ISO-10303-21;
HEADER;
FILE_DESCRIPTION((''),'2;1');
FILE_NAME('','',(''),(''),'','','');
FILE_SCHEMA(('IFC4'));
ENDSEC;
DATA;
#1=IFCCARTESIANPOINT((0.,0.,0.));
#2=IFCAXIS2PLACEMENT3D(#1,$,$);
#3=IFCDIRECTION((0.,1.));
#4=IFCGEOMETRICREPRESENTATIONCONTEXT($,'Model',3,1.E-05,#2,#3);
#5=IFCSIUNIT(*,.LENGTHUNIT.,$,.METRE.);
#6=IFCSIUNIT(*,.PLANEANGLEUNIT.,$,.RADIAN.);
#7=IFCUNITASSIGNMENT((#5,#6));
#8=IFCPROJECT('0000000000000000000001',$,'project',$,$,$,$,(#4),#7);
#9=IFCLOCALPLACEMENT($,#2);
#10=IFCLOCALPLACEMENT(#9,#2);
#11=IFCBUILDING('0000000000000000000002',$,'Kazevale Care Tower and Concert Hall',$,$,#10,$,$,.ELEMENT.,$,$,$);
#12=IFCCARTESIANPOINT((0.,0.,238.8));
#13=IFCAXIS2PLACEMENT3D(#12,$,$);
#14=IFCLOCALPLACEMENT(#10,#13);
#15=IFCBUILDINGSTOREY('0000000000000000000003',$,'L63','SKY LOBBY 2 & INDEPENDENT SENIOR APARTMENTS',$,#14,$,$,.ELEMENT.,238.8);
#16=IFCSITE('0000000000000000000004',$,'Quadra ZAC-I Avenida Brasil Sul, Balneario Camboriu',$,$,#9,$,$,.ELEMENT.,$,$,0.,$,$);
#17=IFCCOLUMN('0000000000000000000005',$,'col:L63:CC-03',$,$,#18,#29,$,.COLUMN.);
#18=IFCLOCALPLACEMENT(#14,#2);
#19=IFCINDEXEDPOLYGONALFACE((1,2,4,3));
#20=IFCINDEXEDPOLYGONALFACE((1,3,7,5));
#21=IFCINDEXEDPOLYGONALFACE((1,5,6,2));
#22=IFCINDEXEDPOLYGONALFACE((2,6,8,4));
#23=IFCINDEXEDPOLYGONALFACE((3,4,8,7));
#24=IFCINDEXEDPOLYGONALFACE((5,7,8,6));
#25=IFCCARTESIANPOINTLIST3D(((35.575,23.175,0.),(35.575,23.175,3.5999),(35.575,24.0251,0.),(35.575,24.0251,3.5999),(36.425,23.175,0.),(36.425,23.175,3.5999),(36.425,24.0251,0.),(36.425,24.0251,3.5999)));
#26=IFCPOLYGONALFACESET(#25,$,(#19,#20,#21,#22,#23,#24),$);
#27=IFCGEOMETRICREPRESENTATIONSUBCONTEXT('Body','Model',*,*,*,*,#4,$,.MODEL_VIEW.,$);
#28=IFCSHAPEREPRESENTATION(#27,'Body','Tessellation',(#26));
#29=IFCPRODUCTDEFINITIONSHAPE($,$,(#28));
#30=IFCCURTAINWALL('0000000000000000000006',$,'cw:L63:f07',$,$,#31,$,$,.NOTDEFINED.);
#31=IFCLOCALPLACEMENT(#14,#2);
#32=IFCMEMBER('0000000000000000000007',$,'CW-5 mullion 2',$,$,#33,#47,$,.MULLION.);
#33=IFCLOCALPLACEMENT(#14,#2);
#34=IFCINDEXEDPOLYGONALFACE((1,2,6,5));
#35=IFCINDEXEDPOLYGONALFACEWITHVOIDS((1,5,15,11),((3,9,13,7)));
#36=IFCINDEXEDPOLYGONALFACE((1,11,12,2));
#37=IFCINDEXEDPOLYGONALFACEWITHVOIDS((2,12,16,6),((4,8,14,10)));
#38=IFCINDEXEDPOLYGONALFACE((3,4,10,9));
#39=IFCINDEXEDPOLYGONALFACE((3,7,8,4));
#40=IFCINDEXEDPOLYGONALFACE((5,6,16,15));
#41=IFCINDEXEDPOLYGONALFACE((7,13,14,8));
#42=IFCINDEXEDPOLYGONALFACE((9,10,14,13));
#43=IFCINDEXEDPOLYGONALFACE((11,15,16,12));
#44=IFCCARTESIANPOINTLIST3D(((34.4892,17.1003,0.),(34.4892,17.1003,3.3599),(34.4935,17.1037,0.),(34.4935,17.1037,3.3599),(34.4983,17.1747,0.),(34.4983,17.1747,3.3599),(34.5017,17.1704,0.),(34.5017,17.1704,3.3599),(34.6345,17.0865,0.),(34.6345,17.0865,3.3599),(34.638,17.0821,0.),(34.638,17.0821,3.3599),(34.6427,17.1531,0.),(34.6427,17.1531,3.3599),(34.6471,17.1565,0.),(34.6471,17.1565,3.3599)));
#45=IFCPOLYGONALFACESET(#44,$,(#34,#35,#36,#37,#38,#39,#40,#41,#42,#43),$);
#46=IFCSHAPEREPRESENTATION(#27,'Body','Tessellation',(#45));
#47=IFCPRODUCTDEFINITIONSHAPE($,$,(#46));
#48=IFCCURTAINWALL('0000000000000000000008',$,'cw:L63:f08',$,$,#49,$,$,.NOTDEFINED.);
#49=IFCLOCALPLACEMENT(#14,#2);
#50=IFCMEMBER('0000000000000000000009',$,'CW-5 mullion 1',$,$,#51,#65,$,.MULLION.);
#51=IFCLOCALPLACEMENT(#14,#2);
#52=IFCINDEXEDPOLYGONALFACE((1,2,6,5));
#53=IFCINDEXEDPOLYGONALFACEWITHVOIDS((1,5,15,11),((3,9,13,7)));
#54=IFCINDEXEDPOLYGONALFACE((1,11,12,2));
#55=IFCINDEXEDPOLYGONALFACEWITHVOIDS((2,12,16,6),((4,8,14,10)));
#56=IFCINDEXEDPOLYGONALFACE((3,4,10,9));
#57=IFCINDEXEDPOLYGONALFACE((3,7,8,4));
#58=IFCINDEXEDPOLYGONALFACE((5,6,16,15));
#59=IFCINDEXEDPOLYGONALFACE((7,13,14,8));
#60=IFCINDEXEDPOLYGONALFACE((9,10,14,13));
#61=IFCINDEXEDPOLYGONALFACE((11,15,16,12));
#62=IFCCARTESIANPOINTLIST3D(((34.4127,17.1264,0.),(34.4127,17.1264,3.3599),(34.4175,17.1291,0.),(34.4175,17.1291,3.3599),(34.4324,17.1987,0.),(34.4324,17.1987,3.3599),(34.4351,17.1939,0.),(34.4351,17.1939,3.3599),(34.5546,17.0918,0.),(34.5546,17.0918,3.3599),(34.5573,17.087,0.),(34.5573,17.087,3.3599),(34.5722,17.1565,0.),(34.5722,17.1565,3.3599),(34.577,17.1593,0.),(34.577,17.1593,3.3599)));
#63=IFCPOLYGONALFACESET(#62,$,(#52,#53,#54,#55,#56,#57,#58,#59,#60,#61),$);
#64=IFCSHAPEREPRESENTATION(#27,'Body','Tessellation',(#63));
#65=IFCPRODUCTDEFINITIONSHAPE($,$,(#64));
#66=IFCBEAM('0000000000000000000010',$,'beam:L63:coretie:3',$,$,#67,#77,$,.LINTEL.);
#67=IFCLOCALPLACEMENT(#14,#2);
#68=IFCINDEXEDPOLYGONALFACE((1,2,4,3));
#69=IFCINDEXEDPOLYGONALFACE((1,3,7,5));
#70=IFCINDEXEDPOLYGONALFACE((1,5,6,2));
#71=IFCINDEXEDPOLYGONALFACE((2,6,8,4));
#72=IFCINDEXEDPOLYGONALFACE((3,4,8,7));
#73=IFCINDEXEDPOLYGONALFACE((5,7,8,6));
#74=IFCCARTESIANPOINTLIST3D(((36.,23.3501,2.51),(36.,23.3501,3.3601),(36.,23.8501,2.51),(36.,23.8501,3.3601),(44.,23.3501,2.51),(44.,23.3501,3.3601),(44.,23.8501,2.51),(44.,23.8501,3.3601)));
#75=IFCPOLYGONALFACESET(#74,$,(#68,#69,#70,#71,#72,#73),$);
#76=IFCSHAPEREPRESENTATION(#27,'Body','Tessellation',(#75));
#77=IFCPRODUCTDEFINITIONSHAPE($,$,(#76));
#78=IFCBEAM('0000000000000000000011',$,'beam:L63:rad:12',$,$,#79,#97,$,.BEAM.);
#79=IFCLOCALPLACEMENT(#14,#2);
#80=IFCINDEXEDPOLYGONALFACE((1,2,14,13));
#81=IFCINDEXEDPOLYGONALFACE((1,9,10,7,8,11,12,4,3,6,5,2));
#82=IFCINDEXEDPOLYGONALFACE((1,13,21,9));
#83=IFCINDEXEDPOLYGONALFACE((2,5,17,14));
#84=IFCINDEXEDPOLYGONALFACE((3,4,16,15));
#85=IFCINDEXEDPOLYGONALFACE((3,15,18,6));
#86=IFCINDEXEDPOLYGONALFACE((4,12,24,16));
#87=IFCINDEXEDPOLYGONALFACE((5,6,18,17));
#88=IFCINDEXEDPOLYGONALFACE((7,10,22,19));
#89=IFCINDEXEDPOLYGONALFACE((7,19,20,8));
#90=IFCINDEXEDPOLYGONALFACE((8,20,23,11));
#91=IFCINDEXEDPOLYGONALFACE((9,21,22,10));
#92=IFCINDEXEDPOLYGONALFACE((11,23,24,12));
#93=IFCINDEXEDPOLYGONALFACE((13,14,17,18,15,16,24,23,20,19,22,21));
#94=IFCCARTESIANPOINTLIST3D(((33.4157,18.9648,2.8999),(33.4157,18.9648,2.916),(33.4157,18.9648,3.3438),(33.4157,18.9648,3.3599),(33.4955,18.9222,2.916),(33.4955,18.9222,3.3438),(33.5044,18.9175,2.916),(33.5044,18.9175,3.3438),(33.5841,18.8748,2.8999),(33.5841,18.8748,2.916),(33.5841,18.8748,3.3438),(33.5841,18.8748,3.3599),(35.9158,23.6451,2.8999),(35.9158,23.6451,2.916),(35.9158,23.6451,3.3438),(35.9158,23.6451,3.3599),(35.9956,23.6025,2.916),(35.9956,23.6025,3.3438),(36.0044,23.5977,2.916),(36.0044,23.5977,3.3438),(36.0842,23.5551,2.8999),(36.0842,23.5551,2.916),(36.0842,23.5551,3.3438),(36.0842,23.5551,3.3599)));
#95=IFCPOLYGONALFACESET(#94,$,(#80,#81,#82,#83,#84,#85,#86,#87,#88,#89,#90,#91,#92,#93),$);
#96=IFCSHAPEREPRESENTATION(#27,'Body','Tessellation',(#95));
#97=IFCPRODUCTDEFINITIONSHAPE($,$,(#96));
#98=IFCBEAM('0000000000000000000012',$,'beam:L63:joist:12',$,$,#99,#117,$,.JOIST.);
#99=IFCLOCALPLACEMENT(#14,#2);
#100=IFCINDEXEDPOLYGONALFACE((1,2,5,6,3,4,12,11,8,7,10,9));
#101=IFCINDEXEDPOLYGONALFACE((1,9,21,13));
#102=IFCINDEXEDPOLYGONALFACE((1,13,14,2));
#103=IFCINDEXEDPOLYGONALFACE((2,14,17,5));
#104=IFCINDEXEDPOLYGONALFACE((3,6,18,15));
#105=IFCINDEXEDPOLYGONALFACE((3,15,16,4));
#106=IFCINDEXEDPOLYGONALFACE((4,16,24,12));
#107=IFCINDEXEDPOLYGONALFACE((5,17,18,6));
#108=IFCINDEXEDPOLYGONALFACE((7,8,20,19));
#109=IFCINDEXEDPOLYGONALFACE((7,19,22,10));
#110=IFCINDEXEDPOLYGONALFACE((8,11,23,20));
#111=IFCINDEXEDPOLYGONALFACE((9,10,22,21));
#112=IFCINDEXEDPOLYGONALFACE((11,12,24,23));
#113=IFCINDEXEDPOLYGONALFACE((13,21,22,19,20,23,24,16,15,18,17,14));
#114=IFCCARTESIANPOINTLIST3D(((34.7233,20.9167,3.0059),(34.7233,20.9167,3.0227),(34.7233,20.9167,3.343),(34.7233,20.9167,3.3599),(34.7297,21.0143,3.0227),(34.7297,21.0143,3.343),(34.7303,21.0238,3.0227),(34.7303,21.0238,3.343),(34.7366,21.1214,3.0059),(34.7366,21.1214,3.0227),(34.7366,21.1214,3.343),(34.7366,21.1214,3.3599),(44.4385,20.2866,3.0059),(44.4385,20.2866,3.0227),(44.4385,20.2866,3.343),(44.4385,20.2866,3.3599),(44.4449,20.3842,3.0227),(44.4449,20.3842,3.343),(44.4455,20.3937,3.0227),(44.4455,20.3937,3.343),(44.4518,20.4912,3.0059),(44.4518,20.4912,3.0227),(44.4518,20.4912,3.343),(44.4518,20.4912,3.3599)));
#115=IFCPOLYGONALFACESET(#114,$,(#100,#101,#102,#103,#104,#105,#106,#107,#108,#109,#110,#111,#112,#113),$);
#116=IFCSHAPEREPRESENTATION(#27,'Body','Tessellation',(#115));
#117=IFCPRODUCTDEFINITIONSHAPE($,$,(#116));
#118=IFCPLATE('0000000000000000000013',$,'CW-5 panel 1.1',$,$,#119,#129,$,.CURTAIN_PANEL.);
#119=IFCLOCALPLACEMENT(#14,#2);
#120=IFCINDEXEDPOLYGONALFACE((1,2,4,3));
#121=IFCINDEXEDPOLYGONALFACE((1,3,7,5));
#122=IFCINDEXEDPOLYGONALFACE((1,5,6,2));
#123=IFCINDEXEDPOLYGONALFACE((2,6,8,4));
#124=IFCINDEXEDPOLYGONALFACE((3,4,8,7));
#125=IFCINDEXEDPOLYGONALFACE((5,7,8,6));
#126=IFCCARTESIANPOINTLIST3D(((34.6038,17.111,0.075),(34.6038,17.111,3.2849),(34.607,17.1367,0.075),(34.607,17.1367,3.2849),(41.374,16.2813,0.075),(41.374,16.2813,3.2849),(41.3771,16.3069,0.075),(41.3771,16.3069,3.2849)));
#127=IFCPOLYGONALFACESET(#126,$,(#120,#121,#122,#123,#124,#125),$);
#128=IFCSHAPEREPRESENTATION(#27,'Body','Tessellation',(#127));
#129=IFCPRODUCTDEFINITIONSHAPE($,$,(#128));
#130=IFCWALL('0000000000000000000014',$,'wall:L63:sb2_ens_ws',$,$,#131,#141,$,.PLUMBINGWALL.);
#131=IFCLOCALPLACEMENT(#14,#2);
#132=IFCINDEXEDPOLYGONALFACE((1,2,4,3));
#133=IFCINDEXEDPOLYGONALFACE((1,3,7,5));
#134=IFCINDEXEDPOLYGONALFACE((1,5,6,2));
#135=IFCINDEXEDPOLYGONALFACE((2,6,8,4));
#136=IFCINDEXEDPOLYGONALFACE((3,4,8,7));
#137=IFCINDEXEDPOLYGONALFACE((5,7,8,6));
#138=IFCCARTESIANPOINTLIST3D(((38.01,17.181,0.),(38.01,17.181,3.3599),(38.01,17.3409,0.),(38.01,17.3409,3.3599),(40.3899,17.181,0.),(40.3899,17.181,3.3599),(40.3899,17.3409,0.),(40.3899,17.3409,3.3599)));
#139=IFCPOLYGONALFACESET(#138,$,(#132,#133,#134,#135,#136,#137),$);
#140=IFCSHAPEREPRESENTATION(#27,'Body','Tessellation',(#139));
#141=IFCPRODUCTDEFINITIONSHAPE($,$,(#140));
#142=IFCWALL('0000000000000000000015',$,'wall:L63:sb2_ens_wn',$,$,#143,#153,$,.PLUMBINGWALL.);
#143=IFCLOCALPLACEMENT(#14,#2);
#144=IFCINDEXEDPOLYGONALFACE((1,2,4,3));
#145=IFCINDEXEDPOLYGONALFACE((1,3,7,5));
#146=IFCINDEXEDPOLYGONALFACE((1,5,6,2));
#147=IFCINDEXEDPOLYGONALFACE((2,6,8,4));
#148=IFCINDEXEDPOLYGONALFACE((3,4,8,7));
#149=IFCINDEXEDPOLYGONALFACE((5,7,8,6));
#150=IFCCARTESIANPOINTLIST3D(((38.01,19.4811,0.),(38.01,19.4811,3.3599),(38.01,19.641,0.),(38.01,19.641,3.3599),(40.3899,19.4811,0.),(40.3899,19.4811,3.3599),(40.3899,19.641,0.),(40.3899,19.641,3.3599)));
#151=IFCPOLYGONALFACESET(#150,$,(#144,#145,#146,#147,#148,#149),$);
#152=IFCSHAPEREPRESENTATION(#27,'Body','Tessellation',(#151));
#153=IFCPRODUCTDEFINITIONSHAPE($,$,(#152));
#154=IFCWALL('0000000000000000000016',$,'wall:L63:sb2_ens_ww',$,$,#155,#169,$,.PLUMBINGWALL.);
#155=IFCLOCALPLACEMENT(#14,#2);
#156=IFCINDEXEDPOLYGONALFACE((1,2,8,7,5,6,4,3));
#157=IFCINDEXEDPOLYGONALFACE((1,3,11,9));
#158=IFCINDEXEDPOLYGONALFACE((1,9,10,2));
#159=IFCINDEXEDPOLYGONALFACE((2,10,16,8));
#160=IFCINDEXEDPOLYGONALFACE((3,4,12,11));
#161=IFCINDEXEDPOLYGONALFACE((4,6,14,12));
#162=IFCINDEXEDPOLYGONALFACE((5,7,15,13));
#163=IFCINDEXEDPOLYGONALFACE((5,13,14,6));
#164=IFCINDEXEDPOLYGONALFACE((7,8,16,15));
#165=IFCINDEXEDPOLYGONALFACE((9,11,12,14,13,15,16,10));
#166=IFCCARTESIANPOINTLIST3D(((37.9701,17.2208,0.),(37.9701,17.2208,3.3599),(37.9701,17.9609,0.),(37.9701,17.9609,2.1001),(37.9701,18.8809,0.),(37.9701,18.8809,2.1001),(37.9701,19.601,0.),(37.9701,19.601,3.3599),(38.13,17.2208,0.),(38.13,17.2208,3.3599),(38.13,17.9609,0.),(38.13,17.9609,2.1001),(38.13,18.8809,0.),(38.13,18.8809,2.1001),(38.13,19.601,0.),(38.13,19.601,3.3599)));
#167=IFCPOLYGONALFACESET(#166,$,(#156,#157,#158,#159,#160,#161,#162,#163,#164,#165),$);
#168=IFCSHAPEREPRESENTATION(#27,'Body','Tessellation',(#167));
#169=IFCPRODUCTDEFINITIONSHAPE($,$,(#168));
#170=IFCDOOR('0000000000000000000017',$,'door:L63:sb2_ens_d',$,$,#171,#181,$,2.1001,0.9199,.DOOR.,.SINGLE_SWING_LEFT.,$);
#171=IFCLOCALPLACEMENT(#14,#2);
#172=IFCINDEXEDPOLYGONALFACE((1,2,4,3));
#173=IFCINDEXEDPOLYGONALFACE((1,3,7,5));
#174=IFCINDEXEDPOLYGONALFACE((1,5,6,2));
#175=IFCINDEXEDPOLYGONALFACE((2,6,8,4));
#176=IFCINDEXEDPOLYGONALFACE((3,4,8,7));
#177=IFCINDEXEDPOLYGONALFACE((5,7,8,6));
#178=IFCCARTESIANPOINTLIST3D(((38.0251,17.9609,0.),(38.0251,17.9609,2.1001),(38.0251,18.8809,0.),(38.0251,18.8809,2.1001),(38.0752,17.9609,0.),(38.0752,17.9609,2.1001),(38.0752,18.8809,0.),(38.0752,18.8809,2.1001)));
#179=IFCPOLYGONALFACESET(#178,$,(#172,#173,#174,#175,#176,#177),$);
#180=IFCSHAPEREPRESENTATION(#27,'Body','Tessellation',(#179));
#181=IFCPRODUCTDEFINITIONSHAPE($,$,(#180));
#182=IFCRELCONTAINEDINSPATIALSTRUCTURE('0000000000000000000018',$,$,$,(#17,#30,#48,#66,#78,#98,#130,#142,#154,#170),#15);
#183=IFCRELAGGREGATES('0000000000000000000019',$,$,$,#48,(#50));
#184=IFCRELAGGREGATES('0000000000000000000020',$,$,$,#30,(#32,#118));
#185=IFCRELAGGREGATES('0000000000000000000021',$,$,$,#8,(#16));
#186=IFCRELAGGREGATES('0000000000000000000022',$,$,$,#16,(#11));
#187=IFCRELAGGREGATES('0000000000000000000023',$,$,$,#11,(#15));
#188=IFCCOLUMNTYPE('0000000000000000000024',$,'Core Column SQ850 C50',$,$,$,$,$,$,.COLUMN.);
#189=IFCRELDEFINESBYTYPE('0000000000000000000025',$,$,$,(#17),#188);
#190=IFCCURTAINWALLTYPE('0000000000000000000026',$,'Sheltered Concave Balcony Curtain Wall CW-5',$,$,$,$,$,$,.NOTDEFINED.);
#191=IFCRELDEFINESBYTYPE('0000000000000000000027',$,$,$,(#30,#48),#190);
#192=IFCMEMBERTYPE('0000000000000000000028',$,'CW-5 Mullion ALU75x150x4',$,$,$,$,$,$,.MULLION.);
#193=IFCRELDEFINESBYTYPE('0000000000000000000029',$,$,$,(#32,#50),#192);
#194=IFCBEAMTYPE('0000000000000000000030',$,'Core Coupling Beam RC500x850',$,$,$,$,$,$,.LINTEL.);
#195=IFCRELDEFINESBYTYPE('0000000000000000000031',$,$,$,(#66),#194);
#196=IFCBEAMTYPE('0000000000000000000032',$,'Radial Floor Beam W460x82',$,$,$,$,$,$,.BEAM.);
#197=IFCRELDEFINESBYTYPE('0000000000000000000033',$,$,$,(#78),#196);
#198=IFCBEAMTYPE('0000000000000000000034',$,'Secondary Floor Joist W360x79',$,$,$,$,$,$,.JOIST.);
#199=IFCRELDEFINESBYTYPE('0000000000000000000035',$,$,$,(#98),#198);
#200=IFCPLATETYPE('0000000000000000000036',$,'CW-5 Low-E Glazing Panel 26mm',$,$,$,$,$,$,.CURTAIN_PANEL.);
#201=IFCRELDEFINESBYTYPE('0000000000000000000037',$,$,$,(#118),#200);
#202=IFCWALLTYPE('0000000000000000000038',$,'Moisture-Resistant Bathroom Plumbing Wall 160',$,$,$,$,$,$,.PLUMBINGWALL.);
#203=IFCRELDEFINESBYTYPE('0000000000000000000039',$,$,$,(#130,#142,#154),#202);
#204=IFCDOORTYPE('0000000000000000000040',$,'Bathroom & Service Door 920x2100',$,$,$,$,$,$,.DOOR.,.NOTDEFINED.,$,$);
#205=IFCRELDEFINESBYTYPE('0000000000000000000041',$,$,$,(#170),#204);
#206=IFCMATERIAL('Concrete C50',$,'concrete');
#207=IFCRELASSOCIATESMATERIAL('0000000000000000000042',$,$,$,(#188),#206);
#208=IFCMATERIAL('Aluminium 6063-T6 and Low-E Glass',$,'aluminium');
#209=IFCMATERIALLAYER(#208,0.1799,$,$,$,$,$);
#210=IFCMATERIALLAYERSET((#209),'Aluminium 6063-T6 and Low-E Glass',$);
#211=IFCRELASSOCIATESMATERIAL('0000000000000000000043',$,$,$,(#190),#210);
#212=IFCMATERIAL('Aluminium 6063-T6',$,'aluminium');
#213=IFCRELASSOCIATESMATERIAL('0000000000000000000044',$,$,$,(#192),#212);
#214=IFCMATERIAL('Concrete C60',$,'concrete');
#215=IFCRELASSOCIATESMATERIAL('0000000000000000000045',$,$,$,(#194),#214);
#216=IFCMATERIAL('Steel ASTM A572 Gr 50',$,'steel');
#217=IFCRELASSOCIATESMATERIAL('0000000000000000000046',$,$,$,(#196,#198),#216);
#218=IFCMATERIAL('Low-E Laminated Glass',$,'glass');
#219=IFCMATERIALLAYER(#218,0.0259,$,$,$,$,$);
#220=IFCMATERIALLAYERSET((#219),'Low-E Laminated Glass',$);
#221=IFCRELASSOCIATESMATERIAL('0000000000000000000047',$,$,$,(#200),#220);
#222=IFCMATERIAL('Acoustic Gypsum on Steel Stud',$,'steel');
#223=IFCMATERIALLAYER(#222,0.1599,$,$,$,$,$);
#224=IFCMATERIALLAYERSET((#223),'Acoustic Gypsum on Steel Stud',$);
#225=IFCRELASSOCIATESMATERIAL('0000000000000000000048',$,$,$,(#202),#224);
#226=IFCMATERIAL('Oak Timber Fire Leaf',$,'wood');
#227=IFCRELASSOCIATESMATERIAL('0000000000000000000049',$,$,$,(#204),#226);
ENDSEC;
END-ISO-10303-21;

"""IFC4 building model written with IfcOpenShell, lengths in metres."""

from ifc_helpers import new_model, si_unit, direction, frame, frame_2d, origin, origin_2d, place, context, subcontext, project, spatial, rectangle, hollow_rectangle, i_section, extrude, material, layer, layer_set, material_profile, profile_set, type_object, element, fill, aggregate, save


model = new_model("IFC4")

# Units and contexts
model_context = context("Model", 3, precision=1e-05, world=origin(), true_north=direction((0.0, 1.0)))
body_context = subcontext(model_context, "Body", "Model", "MODEL_VIEW")
ifc_project = project(units=[si_unit("LENGTHUNIT", "METRE"), si_unit("PLANEANGLEUNIT", "RADIAN")], contexts=[model_context])

# Site, building, storey
site_placement = place(None, origin())
site = spatial("IfcSite", under=ifc_project, at=site_placement, Name="Quadra ZAC-I Avenida Brasil Sul, Balneario Camboriu", CompositionType="ELEMENT", RefElevation=0.0)
building_placement = place(site_placement, origin())
building = spatial("IfcBuilding", under=site, at=building_placement, Name="Kazevale Care Tower and Concert Hall", CompositionType="ELEMENT")
storey_placement = place(building_placement, frame((0.0, 0.0, 238.8)))
storey = spatial("IfcBuildingStorey", under=building, at=storey_placement, Name="L63", Description="SKY LOBBY 2 & INDEPENDENT SENIOR APARTMENTS", CompositionType="ELEMENT", Elevation=238.8)

# Column
ifc_material_1 = material(Name="Concrete C50", Category="concrete")
ifc_material_profile_1 = material_profile(ifc_material_1, rectangle(XDim=0.8501, YDim=0.8501, at=origin_2d()), Name="RC-SQ850")
ifc_profile_set_1 = profile_set([ifc_material_profile_1], Name="Concrete C50")
column_type = type_object("IfcColumnType", Name="Core Column SQ850 C50", PredefinedType="COLUMN", material=ifc_profile_set_1)
column_placement = place(storey_placement, frame((36.0, 23.6001, 0.0), z_axis=(0.0, 0.0, 1.0), x_axis=(1.0, 0.0, 0.0)))
element("IfcColumn", 1, at=column_placement, inside=storey, type_object=column_type, Name="col:L63:CC-03", PredefinedType="COLUMN", context=body_context, shape_type="SweptSolid", body=[
    extrude(rectangle(XDim=0.8501, YDim=0.8501, at=origin_2d()), origin(), (0.0, 0.0, 1.0), 3.5999),
])

# Curtain walls, members
ifc_material_2 = material(Name="Aluminium 6063-T6 and Low-E Glass", Category="aluminium")
ifc_layer_1 = layer(ifc_material_2, 0.1799)
ifc_layer_set_1 = layer_set([ifc_layer_1], Name="Aluminium 6063-T6 and Low-E Glass")
curtain_wall_type = type_object("IfcCurtainWallType", Name="Sheltered Concave Balcony Curtain Wall CW-5", PredefinedType="NOTDEFINED", material=ifc_layer_set_1)
curtain_wall_1_placement = place(storey_placement, origin())
curtain_wall_1 = element("IfcCurtainWall", 2, at=curtain_wall_1_placement, inside=storey, type_object=curtain_wall_type, Name="cw:L63:f07", PredefinedType="NOTDEFINED")
ifc_material_3 = material(Name="Aluminium 6063-T6", Category="aluminium")
ifc_material_profile_2 = material_profile(ifc_material_3, hollow_rectangle(XDim=0.075, YDim=0.1499, WallThickness=0.0039, at=origin_2d()), Name="ALU75x150x4")
ifc_profile_set_2 = profile_set([ifc_material_profile_2], Name="Aluminium 6063-T6")
member_type = type_object("IfcMemberType", Name="CW-5 Mullion ALU75x150x4", PredefinedType="MULLION", material=ifc_profile_set_2)
member_1_placement = place(storey_placement, frame((34.5681, 17.1284, 0.0), z_axis=(0.0, 0.0, 1.0), x_axis=(-0.121651, -0.992573, 0.0)))
member_1 = element("IfcMember", 3, at=member_1_placement, type_object=member_type, Name="CW-5 mullion 2", PredefinedType="MULLION", context=body_context, shape_type="SweptSolid", body=[
    extrude(hollow_rectangle(XDim=0.075, YDim=0.1499, WallThickness=0.0039, at=origin_2d()), origin(), (0.0, 0.0, 1.0), 3.3599),
])
curtain_wall_2_placement = place(storey_placement, origin())
curtain_wall_2 = element("IfcCurtainWall", 4, at=curtain_wall_2_placement, inside=storey, type_object=curtain_wall_type, Name="cw:L63:f08", PredefinedType="NOTDEFINED")
member_2_placement = place(storey_placement, frame((34.4949, 17.1428, 0.0), z_axis=(0.0, 0.0, 1.0), x_axis=(-0.262849, -0.964837, 0.0)))
member_2 = element("IfcMember", 5, at=member_2_placement, type_object=member_type, Name="CW-5 mullion 1", PredefinedType="MULLION", context=body_context, shape_type="SweptSolid", body=[
    extrude(hollow_rectangle(XDim=0.075, YDim=0.1499, WallThickness=0.0039, at=origin_2d()), origin(), (0.0, 0.0, 1.0), 3.3599),
])
aggregate(curtain_wall_2, [member_2])

# Beams
ifc_material_4 = material(Name="Concrete C60", Category="concrete")
ifc_material_profile_3 = material_profile(ifc_material_4, rectangle(XDim=0.5, YDim=0.8501, at=origin_2d()), Name="RC-B500x850")
ifc_profile_set_3 = profile_set([ifc_material_profile_3], Name="Concrete C60")
beam_type_1 = type_object("IfcBeamType", Name="Core Coupling Beam RC500x850", PredefinedType="LINTEL", material=ifc_profile_set_3)
beam_1_placement = place(storey_placement, frame((36.0, 23.6001, 2.9351), z_axis=(1.0, 0.0, 0.0), x_axis=(0.0, 1.0, 0.0)))
element("IfcBeam", 6, at=beam_1_placement, inside=storey, type_object=beam_type_1, Name="beam:L63:coretie:3", PredefinedType="LINTEL", context=body_context, shape_type="SweptSolid", body=[
    extrude(rectangle(XDim=0.5, YDim=0.8501, at=origin_2d()), origin(), (0.0, 0.0, 1.0), 8.0),
])
ifc_material_5 = material(Name="Steel ASTM A572 Gr 50", Category="steel")
ifc_material_profile_4 = material_profile(ifc_material_5, i_section(OverallWidth=0.1909, OverallDepth=0.46, WebThickness=0.01, FlangeThickness=0.0161, at=origin_2d()), Name="W460x82")
ifc_profile_set_4 = profile_set([ifc_material_profile_4], Name="Steel ASTM A572 Gr 50")
beam_type_2 = type_object("IfcBeamType", Name="Radial Floor Beam W460x82", PredefinedType="BEAM", material=ifc_profile_set_4)
beam_2_placement = place(storey_placement, frame((36.0, 23.6001, 3.1299), z_axis=(-0.471161, -0.882047, 0.0), x_axis=(0.882047, -0.471161, 0.0)))
element("IfcBeam", 7, at=beam_2_placement, inside=storey, type_object=beam_type_2, Name="beam:L63:rad:12", PredefinedType="BEAM", context=body_context, shape_type="SweptSolid", body=[
    extrude(i_section(OverallWidth=0.1909, OverallDepth=0.46, WebThickness=0.01, FlangeThickness=0.0161, at=origin_2d()), origin(), (0.0, 0.0, 1.0), 5.3062),
])
ifc_material_profile_5 = material_profile(ifc_material_5, i_section(OverallWidth=0.2051, OverallDepth=0.354, WebThickness=0.0095, FlangeThickness=0.0168, at=origin_2d()), Name="W360x79")
ifc_profile_set_5 = profile_set([ifc_material_profile_5], Name="Steel ASTM A572 Gr 50")
beam_type_3 = type_object("IfcBeamType", Name="Secondary Floor Joist W360x79", PredefinedType="JOIST", material=ifc_profile_set_5)
beam_3_placement = place(storey_placement, frame((34.73, 21.019, 3.1829), z_axis=(0.997903, -0.064725, 0.0), x_axis=(0.064725, 0.997903, 0.0)))
element("IfcBeam", 8, at=beam_3_placement, inside=storey, type_object=beam_type_3, Name="beam:L63:joist:12", PredefinedType="JOIST", context=body_context, shape_type="SweptSolid", body=[
    extrude(i_section(OverallWidth=0.2051, OverallDepth=0.354, WebThickness=0.0095, FlangeThickness=0.0168, at=origin_2d()), origin(), (0.0, 0.0, 1.0), 9.7356),
])

# Plate
ifc_material_6 = material(Name="Low-E Laminated Glass", Category="glass")
ifc_layer_2 = layer(ifc_material_6, 0.0259)
ifc_layer_set_2 = layer_set([ifc_layer_2], Name="Low-E Laminated Glass")
plate_type = type_object("IfcPlateType", Name="CW-5 Low-E Glazing Panel 26mm", PredefinedType="CURTAIN_PANEL", material=ifc_layer_set_2)
plate_placement = place(storey_placement, frame((37.9905, 16.709, 0.075), z_axis=(0.0, 0.0, 1.0), x_axis=(-0.992573, 0.121651, 0.0)))
plate = element("IfcPlate", 9, at=plate_placement, type_object=plate_type, Name="CW-5 panel 1.1", PredefinedType="CURTAIN_PANEL", context=body_context, shape_type="SweptSolid", body=[
    extrude(rectangle(XDim=6.8208, YDim=0.0259, at=origin_2d()), origin(), (0.0, 0.0, 1.0), 3.21),
])
aggregate(curtain_wall_1, [member_1, plate])

# Walls
ifc_material_7 = material(Name="Acoustic Gypsum on Steel Stud", Category="steel")
ifc_layer_3 = layer(ifc_material_7, 0.1599)
ifc_layer_set_3 = layer_set([ifc_layer_3], Name="Acoustic Gypsum on Steel Stud")
wall_type_1 = type_object("IfcWallType", Name="Moisture-Resistant Bathroom Plumbing Wall 160", PredefinedType="PLUMBINGWALL", material=ifc_layer_set_3)
for number, where, z_axis, x_axis, name in (
    (10, (38.01, 17.261, 0.0), (0.0, 0.0, 1.0), (1.0, 0.0, 0.0), "wall:L63:sb2_ens_ws"),
    (11, (38.01, 19.561, 0.0), (0.0, 0.0, 1.0), (1.0, 0.0, 0.0), "wall:L63:sb2_ens_wn"),
):
    element("IfcWall", number, at=place(storey_placement, frame(where, z_axis=z_axis, x_axis=x_axis)), inside=storey, type_object=wall_type_1, Name=name, PredefinedType="PLUMBINGWALL", context=body_context, shape_type="SweptSolid", body=[
        extrude(rectangle(XDim=2.3799, YDim=0.1599, at=frame_2d((1.1899, 0.0))), origin(), (0.0, 0.0, 1.0), 3.3599),
    ])

# Wall, opening, door
wall_1_placement = place(storey_placement, frame((38.05, 17.2209, 0.0), z_axis=(0.0, 0.0, 1.0), x_axis=(0.0, 1.0, 0.0)))
wall_1 = element("IfcWall", 12, at=wall_1_placement, inside=storey, type_object=wall_type_1, Name="wall:L63:sb2_ens_ww", PredefinedType="PLUMBINGWALL", context=body_context, shape_type="SweptSolid", body=[
    extrude(rectangle(XDim=2.3801, YDim=0.1599, at=frame_2d((1.1899, 0.0))), origin(), (0.0, 0.0, 1.0), 3.3599),
])
opening_1_placement = place(wall_1_placement, frame((0.74, 0.0, 0.0)))
opening_1 = element("IfcOpeningElement", 13, at=opening_1_placement, cuts=wall_1, PredefinedType="OPENING", context=body_context, shape_type="SweptSolid", body=[
    extrude(rectangle(XDim=0.9199, YDim=2.1001, at=frame_2d((0.46, 1.05))), frame((0.0, 0.0898, 0.0), z_axis=(0.0, -1.0, 0.0), x_axis=(1.0, 0.0, 0.0)), (0.0, 0.0, 1.0), 0.1799),
])
ifc_material_8 = material(Name="Oak Timber Fire Leaf", Category="wood")
door_type_1 = type_object("IfcDoorType", Name="Bathroom & Service Door 920x2100", OperationType="NOTDEFINED", PredefinedType="DOOR", material=ifc_material_8)
door_1_placement = place(opening_1_placement, origin())
door_1 = element("IfcDoor", 14, at=door_1_placement, inside=storey, type_object=door_type_1, Name="door:L63:sb2_ens_d", OperationType="SINGLE_SWING_LEFT", OverallHeight=2.1001, OverallWidth=0.9199, PredefinedType="DOOR", context=body_context, shape_type="SweptSolid", body=[
    extrude(rectangle(XDim=0.9199, YDim=2.1001, at=frame_2d((0.46, 1.05))), frame((0.0, 0.0249, 0.0), z_axis=(0.0, -1.0, 0.0), x_axis=(1.0, 0.0, 0.0)), (0.0, 0.0, 1.0), 0.05),
])
fill(opening_1, door_1)

save(model, "model.ifc")
